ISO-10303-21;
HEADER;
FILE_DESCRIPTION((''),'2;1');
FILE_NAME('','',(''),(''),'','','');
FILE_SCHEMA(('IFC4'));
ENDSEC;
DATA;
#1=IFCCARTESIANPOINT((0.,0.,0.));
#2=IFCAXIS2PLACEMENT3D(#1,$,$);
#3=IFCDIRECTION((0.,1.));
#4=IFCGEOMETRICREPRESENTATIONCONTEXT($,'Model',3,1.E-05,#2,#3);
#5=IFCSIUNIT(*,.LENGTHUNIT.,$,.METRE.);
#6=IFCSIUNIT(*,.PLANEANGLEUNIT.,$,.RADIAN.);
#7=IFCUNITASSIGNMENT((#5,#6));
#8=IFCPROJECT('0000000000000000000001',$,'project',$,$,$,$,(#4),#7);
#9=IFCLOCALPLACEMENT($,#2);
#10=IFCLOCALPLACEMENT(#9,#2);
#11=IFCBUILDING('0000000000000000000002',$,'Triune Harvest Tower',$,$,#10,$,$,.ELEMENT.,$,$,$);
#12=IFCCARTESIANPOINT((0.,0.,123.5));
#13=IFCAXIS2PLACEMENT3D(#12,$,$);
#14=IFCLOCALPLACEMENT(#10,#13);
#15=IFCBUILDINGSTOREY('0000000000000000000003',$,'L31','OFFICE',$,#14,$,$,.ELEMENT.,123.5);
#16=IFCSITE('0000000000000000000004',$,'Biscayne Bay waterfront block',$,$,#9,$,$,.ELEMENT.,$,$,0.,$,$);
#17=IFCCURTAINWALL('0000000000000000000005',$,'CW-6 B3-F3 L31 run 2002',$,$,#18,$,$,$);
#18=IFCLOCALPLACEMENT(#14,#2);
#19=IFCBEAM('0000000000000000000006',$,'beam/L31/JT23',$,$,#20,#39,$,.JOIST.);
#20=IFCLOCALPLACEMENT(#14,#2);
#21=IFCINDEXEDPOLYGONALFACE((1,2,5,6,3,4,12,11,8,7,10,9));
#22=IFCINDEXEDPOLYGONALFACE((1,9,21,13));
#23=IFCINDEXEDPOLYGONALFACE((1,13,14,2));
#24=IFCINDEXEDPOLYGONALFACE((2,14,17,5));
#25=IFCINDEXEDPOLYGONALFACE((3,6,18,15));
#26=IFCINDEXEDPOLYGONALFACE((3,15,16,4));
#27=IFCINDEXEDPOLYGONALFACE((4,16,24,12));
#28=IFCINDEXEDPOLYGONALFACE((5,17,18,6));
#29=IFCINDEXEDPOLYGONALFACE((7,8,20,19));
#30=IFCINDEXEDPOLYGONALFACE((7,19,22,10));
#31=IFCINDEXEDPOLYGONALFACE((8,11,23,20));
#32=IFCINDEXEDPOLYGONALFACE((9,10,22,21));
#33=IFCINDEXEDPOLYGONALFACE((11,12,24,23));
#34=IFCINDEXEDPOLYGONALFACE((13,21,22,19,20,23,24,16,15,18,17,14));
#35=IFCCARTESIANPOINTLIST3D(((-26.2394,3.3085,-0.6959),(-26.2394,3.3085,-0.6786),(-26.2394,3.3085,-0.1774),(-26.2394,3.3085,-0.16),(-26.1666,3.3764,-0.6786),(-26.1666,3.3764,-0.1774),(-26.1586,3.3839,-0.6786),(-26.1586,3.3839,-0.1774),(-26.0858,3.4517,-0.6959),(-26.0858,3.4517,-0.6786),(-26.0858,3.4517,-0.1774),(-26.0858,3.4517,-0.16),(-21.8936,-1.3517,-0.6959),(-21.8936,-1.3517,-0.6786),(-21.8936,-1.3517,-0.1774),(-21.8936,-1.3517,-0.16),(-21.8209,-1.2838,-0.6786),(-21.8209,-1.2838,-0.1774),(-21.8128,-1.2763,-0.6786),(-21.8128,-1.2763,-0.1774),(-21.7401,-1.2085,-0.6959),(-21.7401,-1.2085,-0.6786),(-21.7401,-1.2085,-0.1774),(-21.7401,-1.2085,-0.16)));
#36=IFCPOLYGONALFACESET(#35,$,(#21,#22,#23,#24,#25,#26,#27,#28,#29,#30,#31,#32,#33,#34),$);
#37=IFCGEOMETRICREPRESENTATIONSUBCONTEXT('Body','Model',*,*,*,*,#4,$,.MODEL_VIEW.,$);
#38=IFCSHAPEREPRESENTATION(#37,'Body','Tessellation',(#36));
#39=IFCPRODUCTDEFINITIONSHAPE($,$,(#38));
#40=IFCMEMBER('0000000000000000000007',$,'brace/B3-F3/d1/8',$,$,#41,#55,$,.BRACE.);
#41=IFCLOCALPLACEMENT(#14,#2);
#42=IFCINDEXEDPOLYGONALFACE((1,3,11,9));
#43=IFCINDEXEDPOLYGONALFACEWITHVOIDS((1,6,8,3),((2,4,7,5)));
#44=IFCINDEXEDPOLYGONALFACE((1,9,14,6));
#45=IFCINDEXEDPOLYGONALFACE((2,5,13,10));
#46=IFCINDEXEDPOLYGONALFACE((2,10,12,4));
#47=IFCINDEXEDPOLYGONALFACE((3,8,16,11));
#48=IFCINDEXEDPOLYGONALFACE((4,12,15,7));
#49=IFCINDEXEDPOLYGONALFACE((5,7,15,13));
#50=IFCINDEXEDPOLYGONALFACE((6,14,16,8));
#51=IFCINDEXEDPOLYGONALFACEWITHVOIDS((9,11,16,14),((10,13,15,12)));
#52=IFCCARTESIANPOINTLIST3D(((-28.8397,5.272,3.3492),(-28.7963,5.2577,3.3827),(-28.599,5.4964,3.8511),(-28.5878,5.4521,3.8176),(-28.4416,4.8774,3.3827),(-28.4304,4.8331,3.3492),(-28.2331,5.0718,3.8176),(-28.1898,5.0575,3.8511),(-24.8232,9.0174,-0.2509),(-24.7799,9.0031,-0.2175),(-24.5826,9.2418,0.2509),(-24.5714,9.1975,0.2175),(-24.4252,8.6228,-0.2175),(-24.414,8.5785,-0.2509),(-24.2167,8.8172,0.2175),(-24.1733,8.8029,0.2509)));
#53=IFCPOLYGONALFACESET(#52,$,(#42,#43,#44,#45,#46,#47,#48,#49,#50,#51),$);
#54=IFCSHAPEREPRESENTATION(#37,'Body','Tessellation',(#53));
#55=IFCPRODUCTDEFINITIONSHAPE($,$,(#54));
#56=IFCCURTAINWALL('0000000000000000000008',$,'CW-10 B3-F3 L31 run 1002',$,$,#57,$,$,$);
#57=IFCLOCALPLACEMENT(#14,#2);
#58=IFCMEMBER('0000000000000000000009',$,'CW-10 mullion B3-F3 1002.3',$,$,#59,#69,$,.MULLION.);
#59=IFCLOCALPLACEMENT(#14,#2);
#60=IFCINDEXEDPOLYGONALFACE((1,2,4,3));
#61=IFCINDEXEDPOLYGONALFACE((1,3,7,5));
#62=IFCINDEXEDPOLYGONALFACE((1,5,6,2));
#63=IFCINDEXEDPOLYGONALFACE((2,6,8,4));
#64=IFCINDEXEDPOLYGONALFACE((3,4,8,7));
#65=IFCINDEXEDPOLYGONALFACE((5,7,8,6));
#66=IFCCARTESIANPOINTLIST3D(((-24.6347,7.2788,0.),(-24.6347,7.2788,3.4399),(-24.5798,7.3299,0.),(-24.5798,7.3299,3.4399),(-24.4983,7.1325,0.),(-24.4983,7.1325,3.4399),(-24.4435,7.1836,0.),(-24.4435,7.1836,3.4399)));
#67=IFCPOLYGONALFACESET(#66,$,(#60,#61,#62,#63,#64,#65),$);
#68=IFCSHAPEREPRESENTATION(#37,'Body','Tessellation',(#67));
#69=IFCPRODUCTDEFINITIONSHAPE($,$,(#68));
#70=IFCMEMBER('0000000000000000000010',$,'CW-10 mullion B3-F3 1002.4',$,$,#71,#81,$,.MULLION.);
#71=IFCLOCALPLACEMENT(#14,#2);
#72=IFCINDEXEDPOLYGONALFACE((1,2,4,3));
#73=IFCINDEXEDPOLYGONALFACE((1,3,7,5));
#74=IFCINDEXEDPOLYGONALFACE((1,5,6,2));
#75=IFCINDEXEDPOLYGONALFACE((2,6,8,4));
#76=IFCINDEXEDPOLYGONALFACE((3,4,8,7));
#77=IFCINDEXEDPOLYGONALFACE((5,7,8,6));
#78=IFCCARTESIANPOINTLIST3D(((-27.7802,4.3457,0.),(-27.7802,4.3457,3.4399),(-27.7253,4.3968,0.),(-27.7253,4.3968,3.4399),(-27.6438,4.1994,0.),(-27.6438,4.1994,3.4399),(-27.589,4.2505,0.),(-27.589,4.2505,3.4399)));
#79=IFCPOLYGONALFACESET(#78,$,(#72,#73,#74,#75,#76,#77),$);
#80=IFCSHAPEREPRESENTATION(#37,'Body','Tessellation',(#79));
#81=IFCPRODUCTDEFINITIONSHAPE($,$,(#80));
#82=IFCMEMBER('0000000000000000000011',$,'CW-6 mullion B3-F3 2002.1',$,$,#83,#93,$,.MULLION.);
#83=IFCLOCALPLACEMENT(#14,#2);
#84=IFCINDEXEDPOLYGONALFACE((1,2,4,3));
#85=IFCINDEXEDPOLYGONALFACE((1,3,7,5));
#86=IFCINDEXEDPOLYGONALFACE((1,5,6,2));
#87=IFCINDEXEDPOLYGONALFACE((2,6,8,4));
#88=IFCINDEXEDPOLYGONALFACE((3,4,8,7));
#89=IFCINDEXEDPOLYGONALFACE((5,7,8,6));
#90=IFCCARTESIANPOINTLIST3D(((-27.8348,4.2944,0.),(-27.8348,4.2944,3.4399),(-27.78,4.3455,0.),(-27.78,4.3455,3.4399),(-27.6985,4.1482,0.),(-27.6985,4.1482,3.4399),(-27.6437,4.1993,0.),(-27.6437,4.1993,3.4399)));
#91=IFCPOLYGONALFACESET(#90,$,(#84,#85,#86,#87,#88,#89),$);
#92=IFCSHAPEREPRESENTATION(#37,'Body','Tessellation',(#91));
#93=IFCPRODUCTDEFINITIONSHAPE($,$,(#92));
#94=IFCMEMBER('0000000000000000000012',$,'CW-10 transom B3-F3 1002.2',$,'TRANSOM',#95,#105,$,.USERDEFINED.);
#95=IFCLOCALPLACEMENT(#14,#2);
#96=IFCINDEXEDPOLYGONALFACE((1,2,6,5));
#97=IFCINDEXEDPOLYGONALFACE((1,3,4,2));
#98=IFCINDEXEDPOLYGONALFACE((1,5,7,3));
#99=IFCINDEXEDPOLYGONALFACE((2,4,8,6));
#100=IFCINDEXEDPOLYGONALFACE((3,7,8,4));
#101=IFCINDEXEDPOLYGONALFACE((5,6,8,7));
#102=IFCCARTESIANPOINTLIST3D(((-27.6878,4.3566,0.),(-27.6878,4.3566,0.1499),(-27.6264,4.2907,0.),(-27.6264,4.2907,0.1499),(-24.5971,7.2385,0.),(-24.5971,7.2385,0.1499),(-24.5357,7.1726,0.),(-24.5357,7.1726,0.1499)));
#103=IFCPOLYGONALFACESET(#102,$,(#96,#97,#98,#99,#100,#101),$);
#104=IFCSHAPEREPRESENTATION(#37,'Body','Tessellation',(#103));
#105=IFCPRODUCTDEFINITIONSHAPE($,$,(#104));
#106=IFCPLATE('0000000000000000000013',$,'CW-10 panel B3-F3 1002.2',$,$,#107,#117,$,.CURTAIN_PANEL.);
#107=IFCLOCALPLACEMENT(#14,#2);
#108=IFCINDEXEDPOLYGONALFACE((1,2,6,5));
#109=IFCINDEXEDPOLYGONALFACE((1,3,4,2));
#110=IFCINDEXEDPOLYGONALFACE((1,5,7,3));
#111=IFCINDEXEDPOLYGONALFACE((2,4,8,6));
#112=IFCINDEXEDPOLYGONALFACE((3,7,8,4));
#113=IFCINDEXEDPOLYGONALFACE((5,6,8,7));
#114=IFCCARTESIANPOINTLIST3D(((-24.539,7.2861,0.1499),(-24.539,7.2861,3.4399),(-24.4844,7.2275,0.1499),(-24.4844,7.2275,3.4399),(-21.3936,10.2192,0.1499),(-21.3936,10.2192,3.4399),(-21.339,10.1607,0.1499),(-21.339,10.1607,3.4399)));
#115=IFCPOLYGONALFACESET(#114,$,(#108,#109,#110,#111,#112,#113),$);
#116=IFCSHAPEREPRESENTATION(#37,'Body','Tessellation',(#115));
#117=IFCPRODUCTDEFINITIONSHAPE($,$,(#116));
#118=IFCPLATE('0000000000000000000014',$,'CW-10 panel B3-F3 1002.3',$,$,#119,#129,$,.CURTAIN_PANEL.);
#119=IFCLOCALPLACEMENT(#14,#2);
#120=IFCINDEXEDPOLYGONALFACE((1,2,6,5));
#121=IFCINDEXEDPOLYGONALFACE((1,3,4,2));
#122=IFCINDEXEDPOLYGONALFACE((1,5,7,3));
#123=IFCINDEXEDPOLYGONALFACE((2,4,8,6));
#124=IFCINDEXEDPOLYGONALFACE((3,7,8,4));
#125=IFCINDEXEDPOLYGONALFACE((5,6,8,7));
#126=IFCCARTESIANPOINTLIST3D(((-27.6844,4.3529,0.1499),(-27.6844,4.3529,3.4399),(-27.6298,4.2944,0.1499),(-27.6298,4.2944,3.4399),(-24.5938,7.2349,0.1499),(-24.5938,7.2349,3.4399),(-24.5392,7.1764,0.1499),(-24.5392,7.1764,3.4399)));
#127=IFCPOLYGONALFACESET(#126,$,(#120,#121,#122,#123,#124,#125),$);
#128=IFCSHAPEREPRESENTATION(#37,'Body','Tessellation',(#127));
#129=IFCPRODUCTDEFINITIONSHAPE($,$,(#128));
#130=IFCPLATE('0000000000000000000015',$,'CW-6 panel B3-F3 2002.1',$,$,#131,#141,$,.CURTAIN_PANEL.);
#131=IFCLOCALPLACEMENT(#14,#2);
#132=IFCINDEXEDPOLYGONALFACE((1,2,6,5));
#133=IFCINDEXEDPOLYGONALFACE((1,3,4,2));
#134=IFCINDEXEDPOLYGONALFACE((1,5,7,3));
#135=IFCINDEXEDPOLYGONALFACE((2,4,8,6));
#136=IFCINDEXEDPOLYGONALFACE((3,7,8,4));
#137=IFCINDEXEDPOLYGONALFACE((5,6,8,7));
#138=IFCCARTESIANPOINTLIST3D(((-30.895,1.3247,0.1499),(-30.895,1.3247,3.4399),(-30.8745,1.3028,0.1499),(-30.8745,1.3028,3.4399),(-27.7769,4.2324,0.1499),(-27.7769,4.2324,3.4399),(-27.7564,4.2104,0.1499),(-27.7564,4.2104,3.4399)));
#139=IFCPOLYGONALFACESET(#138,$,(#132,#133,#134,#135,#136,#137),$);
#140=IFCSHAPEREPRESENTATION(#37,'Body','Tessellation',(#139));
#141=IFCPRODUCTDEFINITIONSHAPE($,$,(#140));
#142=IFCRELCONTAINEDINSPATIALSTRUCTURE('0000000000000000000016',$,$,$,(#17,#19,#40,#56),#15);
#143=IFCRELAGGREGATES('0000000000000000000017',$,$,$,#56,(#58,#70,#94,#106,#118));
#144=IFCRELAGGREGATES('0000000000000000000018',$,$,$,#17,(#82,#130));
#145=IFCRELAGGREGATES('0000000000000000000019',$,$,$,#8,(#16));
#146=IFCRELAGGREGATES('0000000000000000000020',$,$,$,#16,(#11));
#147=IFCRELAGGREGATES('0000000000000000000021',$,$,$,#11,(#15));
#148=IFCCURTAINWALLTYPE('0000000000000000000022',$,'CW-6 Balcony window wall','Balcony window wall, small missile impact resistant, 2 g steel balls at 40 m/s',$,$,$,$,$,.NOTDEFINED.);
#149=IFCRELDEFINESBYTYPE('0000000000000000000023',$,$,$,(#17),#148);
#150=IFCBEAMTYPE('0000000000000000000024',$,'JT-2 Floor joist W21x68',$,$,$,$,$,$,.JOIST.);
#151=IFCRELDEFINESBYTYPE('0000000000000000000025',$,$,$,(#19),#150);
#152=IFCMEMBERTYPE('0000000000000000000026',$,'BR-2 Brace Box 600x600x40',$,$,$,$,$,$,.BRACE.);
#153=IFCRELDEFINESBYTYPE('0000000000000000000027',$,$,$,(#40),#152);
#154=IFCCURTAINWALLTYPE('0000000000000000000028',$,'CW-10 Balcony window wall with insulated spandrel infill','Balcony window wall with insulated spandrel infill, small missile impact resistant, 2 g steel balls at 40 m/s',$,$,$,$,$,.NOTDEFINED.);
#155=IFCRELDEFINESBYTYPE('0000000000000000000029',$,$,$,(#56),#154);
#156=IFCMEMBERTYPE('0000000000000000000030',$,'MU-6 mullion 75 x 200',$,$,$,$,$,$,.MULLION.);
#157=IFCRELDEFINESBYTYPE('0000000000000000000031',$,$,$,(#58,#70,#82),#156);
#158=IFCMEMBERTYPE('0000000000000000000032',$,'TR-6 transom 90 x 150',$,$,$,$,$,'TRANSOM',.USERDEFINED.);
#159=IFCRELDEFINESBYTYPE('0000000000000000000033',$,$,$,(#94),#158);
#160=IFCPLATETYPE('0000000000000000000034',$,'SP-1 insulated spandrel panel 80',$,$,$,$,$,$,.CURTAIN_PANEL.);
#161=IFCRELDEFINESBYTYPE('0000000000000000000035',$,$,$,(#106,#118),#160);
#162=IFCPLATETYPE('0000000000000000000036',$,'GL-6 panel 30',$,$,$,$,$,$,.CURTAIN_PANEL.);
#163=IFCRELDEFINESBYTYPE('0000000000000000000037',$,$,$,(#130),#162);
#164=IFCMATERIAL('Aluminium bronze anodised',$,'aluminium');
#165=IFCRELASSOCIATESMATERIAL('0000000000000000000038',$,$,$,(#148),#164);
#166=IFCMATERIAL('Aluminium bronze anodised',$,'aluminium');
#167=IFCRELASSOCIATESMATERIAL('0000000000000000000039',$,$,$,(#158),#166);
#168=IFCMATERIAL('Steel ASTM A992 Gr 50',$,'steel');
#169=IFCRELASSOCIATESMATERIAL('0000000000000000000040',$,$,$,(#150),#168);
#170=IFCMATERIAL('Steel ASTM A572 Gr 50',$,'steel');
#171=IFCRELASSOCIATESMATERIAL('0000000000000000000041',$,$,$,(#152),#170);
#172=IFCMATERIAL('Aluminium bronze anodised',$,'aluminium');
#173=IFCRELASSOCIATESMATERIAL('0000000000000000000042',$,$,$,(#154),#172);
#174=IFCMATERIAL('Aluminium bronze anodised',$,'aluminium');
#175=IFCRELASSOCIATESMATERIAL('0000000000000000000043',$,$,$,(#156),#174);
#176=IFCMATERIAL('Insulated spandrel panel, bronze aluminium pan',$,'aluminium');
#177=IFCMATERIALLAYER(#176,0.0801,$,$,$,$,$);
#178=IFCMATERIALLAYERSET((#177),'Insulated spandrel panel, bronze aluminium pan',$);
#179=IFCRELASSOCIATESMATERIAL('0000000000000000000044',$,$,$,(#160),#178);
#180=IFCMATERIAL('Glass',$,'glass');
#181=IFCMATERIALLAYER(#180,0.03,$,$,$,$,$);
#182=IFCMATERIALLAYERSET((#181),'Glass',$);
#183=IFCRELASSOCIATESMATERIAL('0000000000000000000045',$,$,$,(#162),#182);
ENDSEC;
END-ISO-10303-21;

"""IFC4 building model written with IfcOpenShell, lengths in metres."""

from ifc_helpers import new_model, si_unit, direction, frame, origin, origin_2d, place, context, subcontext, project, spatial, rectangle, hollow_rectangle, i_section, extrude, source, transform, mapped, material, layer, layer_set, material_profile, profile_set, type_object, element, aggregate, save


model = new_model("IFC4")

# Units and contexts
model_context = context("Model", 3, precision=1e-05, world=origin(), true_north=direction((0.0, 1.0)))
body_context = subcontext(model_context, "Body", "Model", "MODEL_VIEW")
ifc_project = project(units=[si_unit("LENGTHUNIT", "METRE"), si_unit("PLANEANGLEUNIT", "RADIAN")], contexts=[model_context])

# Site, building, storey
site_placement = place(None, origin())
site = spatial("IfcSite", under=ifc_project, at=site_placement, Name="Biscayne Bay waterfront block", CompositionType="ELEMENT", RefElevation=0.0)
building_placement = place(site_placement, origin())
building = spatial("IfcBuilding", under=site, at=building_placement, Name="Triune Harvest Tower", CompositionType="ELEMENT")
storey_placement = place(building_placement, frame((0.0, 0.0, 123.5)))
storey = spatial("IfcBuildingStorey", under=building, at=storey_placement, Name="L31", Description="OFFICE", CompositionType="ELEMENT", Elevation=123.5)

# Curtain wall
ifc_material_1 = material(Name="Aluminium bronze anodised", Category="aluminium")
curtain_wall_type_1 = type_object("IfcCurtainWallType", Name="CW-6 Balcony window wall", Description="Balcony window wall, small missile impact resistant, 2 g steel balls at 40 m/s", PredefinedType="NOTDEFINED", material=ifc_material_1)
curtain_wall_1_placement = place(storey_placement, origin())
curtain_wall_1 = element("IfcCurtainWall", 1, at=curtain_wall_1_placement, inside=storey, type_object=curtain_wall_type_1, Name="CW-6 B3-F3 L31 run 2002")
ifc_material_2 = material(Name="Aluminium bronze anodised", Category="aluminium")
ifc_material_profile_1 = material_profile(ifc_material_2, rectangle(XDim=0.0901, YDim=0.1499, at=origin_2d()), Name="TR-6 transom 90 x 150")
ifc_profile_set_1 = profile_set([ifc_material_profile_1], Name="Aluminium bronze anodised")
member_type_1 = type_object("IfcMemberType", Name="TR-6 transom 90 x 150", ElementType="TRANSOM", PredefinedType="USERDEFINED", material=ifc_profile_set_1)

# Beam
ifc_material_3 = material(Name="Steel ASTM A992 Gr 50", Category="steel")
ifc_material_profile_2 = material_profile(ifc_material_3, i_section(OverallWidth=0.21, OverallDepth=0.5359, WebThickness=0.011, FlangeThickness=0.0173, at=origin_2d()), Name="W21x68")
ifc_profile_set_2 = profile_set([ifc_material_profile_2], Name="Steel ASTM A992 Gr 50")
beam_type_1 = type_object("IfcBeamType", Name="JT-2 Floor joist W21x68", PredefinedType="JOIST", material=ifc_profile_set_2)
shared_shape_1 = source(origin(), body_context, "Body", "SweptSolid", [
    extrude(i_section(OverallWidth=0.21, OverallDepth=0.5359, WebThickness=0.011, FlangeThickness=0.0173, at=origin_2d()), origin(), (0.0, 0.0, 1.0), 6.3721),
])
beam_1_placement = place(storey_placement, frame((-26.1626, 3.3801, -0.428), z_axis=(0.682001, -0.731351, 0.0), x_axis=(0.731351, 0.682001, 0.0)))
element("IfcBeam", 2, at=beam_1_placement, inside=storey, type_object=beam_type_1, Name="beam/L31/JT23", PredefinedType="JOIST", context=body_context, shape_type="MappedRepresentation", body=[
    mapped(shared_shape_1, transform((0.0, 0.0, 0.0), scale=1.0)),
])

# Member
ifc_material_4 = material(Name="Steel ASTM A572 Gr 50", Category="steel")
ifc_material_profile_3 = material_profile(ifc_material_4, hollow_rectangle(XDim=0.6001, YDim=0.6001, WallThickness=0.04, at=origin_2d()), Name="Box 600x600x40")
ifc_profile_set_3 = profile_set([ifc_material_profile_3], Name="Steel ASTM A572 Gr 50")
member_type_2 = type_object("IfcMemberType", Name="BR-2 Brace Box 600x600x40", PredefinedType="BRACE", material=ifc_profile_set_3)
shared_shape_2 = source(origin(), body_context, "Body", "SweptSolid", [
    extrude(hollow_rectangle(XDim=0.6001, YDim=0.6001, WallThickness=0.04, at=origin_2d()), origin(), (0.0, 0.0, 1.0), 6.5667),
])
member_1_placement = place(storey_placement, frame((-24.4983, 8.9102, 0.0), z_axis=(-0.611639, -0.57037, 0.548248), x_axis=(0.682003, -0.731349, 0.0)))
element("IfcMember", 3, at=member_1_placement, inside=storey, type_object=member_type_2, Name="brace/B3-F3/d1/8", PredefinedType="BRACE", context=body_context, shape_type="MappedRepresentation", body=[
    mapped(shared_shape_2, transform((0.0, 0.0, 0.0), scale=1.0)),
])

# Curtain wall, members
ifc_material_5 = material(Name="Aluminium bronze anodised", Category="aluminium")
curtain_wall_type_2 = type_object("IfcCurtainWallType", Name="CW-10 Balcony window wall with insulated spandrel infill", Description="Balcony window wall with insulated spandrel infill, small missile impact resistant, 2 g steel balls at 40 m/s", PredefinedType="NOTDEFINED", material=ifc_material_5)
curtain_wall_2_placement = place(storey_placement, origin())
curtain_wall_2 = element("IfcCurtainWall", 4, at=curtain_wall_2_placement, inside=storey, type_object=curtain_wall_type_2, Name="CW-10 B3-F3 L31 run 1002")
ifc_material_6 = material(Name="Aluminium bronze anodised", Category="aluminium")
ifc_material_profile_4 = material_profile(ifc_material_6, rectangle(XDim=0.2, YDim=0.075, at=origin_2d()), Name="MU-6 mullion 75 x 200")
ifc_profile_set_4 = profile_set([ifc_material_profile_4], Name="Aluminium bronze anodised")
member_type_3 = type_object("IfcMemberType", Name="MU-6 mullion 75 x 200", PredefinedType="MULLION", material=ifc_profile_set_4)
shared_shape_3 = source(origin(), body_context, "Body", "SweptSolid", [
    extrude(rectangle(XDim=0.2, YDim=0.075, at=origin_2d()), origin(), (0.0, 0.0, 1.0), 3.4399),
])
member_2_placement = place(storey_placement, frame((-24.5391, 7.2312, 0.0), z_axis=(0.0, 0.0, 1.0), x_axis=(0.681997, -0.731355, 0.0)))
member_2 = element("IfcMember", 5, at=member_2_placement, type_object=member_type_3, Name="CW-10 mullion B3-F3 1002.3", PredefinedType="MULLION", context=body_context, shape_type="MappedRepresentation", body=[
    mapped(shared_shape_3, transform((0.0, 0.0, 0.0), scale=1.0)),
])
member_3_placement = place(storey_placement, frame((-27.6846, 4.2981, 0.0), z_axis=(0.0, 0.0, 1.0), x_axis=(0.681997, -0.731355, 0.0)))
member_3 = element("IfcMember", 6, at=member_3_placement, type_object=member_type_3, Name="CW-10 mullion B3-F3 1002.4", PredefinedType="MULLION", context=body_context, shape_type="MappedRepresentation", body=[
    mapped(shared_shape_3, transform((0.0, 0.0, 0.0), scale=1.0)),
])

# Members
member_4_placement = place(storey_placement, frame((-27.7393, 4.2468, 0.0), z_axis=(0.0, 0.0, 1.0), x_axis=(0.681998, -0.731354, 0.0)))
member_4 = element("IfcMember", 7, at=member_4_placement, type_object=member_type_3, Name="CW-6 mullion B3-F3 2002.1", PredefinedType="MULLION", context=body_context, shape_type="MappedRepresentation", body=[
    mapped(shared_shape_3, transform((0.0, 0.0, 0.0), scale=1.0)),
])
shared_shape_4 = source(origin(), body_context, "Body", "SweptSolid", [
    extrude(rectangle(XDim=0.0901, YDim=0.1499, at=origin_2d()), origin(), (0.0, 0.0, 1.0), 4.2258),
])
member_5_placement = place(storey_placement, frame((-24.5664, 7.2056, 0.075), z_axis=(-0.731374, -0.681976, 0.0), x_axis=(0.681976, -0.731374, 0.0)))
member_5 = element("IfcMember", 8, at=member_5_placement, type_object=member_type_1, Name="CW-10 transom B3-F3 1002.2", ObjectType="TRANSOM", PredefinedType="USERDEFINED", context=body_context, shape_type="MappedRepresentation", body=[
    mapped(shared_shape_4, transform((0.0, 0.0, 0.0), scale=1.0)),
])

# Plates
ifc_material_7 = material(Name="Insulated spandrel panel, bronze aluminium pan", Category="aluminium")
ifc_layer_1 = layer(ifc_material_7, 0.0801)
ifc_layer_set_1 = layer_set([ifc_layer_1], Name="Insulated spandrel panel, bronze aluminium pan")
plate_type_1 = type_object("IfcPlateType", Name="SP-1 insulated spandrel panel 80", PredefinedType="CURTAIN_PANEL", material=ifc_layer_set_1)
shared_shape_5 = source(origin(), body_context, "Body", "SweptSolid", [
    extrude(rectangle(XDim=4.3008, YDim=0.0801, at=origin_2d()), origin(), (0.0, 0.0, 1.0), 3.29),
])
plate_1_placement = place(storey_placement, frame((-22.939, 8.7234, 0.1499), z_axis=(0.0, 0.0, 1.0), x_axis=(-0.731355, -0.681997, 0.0)))
plate_1 = element("IfcPlate", 9, at=plate_1_placement, type_object=plate_type_1, Name="CW-10 panel B3-F3 1002.2", PredefinedType="CURTAIN_PANEL", context=body_context, shape_type="MappedRepresentation", body=[
    mapped(shared_shape_5, transform((0.0, 0.0, 0.0), scale=1.0)),
])
shared_shape_6 = source(origin(), body_context, "Body", "SweptSolid", [
    extrude(rectangle(XDim=4.2258, YDim=0.0801, at=origin_2d()), origin(), (0.0, 0.0, 1.0), 3.29),
])
plate_2_placement = place(storey_placement, frame((-26.1118, 5.7646, 0.1499), z_axis=(0.0, 0.0, 1.0), x_axis=(-0.731355, -0.681997, 0.0)))
plate_2 = element("IfcPlate", 10, at=plate_2_placement, type_object=plate_type_1, Name="CW-10 panel B3-F3 1002.3", PredefinedType="CURTAIN_PANEL", context=body_context, shape_type="MappedRepresentation", body=[
    mapped(shared_shape_6, transform((0.0, 0.0, 0.0), scale=1.0)),
])
aggregate(curtain_wall_2, [member_2, member_3, member_5, plate_1, plate_2])
ifc_material_8 = material(Name="Glass", Category="glass")
ifc_layer_2 = layer(ifc_material_8, 0.03)
ifc_layer_set_2 = layer_set([ifc_layer_2], Name="Glass")
plate_type_2 = type_object("IfcPlateType", Name="GL-6 panel 30", PredefinedType="CURTAIN_PANEL", material=ifc_layer_set_2)
shared_shape_7 = source(origin(), body_context, "Body", "SweptSolid", [
    extrude(rectangle(XDim=4.2634, YDim=0.03, at=origin_2d()), origin(), (0.0, 0.0, 1.0), 3.29),
])
plate_3_placement = place(storey_placement, frame((-29.3257, 2.7676, 0.1499), z_axis=(0.0, 0.0, 1.0), x_axis=(-0.731354, -0.681998, 0.0)))
plate_3 = element("IfcPlate", 11, at=plate_3_placement, type_object=plate_type_2, Name="CW-6 panel B3-F3 2002.1", PredefinedType="CURTAIN_PANEL", context=body_context, shape_type="MappedRepresentation", body=[
    mapped(shared_shape_7, transform((0.0, 0.0, 0.0), scale=1.0)),
])
aggregate(curtain_wall_1, [member_4, plate_3])

save(model, "model.ifc")
